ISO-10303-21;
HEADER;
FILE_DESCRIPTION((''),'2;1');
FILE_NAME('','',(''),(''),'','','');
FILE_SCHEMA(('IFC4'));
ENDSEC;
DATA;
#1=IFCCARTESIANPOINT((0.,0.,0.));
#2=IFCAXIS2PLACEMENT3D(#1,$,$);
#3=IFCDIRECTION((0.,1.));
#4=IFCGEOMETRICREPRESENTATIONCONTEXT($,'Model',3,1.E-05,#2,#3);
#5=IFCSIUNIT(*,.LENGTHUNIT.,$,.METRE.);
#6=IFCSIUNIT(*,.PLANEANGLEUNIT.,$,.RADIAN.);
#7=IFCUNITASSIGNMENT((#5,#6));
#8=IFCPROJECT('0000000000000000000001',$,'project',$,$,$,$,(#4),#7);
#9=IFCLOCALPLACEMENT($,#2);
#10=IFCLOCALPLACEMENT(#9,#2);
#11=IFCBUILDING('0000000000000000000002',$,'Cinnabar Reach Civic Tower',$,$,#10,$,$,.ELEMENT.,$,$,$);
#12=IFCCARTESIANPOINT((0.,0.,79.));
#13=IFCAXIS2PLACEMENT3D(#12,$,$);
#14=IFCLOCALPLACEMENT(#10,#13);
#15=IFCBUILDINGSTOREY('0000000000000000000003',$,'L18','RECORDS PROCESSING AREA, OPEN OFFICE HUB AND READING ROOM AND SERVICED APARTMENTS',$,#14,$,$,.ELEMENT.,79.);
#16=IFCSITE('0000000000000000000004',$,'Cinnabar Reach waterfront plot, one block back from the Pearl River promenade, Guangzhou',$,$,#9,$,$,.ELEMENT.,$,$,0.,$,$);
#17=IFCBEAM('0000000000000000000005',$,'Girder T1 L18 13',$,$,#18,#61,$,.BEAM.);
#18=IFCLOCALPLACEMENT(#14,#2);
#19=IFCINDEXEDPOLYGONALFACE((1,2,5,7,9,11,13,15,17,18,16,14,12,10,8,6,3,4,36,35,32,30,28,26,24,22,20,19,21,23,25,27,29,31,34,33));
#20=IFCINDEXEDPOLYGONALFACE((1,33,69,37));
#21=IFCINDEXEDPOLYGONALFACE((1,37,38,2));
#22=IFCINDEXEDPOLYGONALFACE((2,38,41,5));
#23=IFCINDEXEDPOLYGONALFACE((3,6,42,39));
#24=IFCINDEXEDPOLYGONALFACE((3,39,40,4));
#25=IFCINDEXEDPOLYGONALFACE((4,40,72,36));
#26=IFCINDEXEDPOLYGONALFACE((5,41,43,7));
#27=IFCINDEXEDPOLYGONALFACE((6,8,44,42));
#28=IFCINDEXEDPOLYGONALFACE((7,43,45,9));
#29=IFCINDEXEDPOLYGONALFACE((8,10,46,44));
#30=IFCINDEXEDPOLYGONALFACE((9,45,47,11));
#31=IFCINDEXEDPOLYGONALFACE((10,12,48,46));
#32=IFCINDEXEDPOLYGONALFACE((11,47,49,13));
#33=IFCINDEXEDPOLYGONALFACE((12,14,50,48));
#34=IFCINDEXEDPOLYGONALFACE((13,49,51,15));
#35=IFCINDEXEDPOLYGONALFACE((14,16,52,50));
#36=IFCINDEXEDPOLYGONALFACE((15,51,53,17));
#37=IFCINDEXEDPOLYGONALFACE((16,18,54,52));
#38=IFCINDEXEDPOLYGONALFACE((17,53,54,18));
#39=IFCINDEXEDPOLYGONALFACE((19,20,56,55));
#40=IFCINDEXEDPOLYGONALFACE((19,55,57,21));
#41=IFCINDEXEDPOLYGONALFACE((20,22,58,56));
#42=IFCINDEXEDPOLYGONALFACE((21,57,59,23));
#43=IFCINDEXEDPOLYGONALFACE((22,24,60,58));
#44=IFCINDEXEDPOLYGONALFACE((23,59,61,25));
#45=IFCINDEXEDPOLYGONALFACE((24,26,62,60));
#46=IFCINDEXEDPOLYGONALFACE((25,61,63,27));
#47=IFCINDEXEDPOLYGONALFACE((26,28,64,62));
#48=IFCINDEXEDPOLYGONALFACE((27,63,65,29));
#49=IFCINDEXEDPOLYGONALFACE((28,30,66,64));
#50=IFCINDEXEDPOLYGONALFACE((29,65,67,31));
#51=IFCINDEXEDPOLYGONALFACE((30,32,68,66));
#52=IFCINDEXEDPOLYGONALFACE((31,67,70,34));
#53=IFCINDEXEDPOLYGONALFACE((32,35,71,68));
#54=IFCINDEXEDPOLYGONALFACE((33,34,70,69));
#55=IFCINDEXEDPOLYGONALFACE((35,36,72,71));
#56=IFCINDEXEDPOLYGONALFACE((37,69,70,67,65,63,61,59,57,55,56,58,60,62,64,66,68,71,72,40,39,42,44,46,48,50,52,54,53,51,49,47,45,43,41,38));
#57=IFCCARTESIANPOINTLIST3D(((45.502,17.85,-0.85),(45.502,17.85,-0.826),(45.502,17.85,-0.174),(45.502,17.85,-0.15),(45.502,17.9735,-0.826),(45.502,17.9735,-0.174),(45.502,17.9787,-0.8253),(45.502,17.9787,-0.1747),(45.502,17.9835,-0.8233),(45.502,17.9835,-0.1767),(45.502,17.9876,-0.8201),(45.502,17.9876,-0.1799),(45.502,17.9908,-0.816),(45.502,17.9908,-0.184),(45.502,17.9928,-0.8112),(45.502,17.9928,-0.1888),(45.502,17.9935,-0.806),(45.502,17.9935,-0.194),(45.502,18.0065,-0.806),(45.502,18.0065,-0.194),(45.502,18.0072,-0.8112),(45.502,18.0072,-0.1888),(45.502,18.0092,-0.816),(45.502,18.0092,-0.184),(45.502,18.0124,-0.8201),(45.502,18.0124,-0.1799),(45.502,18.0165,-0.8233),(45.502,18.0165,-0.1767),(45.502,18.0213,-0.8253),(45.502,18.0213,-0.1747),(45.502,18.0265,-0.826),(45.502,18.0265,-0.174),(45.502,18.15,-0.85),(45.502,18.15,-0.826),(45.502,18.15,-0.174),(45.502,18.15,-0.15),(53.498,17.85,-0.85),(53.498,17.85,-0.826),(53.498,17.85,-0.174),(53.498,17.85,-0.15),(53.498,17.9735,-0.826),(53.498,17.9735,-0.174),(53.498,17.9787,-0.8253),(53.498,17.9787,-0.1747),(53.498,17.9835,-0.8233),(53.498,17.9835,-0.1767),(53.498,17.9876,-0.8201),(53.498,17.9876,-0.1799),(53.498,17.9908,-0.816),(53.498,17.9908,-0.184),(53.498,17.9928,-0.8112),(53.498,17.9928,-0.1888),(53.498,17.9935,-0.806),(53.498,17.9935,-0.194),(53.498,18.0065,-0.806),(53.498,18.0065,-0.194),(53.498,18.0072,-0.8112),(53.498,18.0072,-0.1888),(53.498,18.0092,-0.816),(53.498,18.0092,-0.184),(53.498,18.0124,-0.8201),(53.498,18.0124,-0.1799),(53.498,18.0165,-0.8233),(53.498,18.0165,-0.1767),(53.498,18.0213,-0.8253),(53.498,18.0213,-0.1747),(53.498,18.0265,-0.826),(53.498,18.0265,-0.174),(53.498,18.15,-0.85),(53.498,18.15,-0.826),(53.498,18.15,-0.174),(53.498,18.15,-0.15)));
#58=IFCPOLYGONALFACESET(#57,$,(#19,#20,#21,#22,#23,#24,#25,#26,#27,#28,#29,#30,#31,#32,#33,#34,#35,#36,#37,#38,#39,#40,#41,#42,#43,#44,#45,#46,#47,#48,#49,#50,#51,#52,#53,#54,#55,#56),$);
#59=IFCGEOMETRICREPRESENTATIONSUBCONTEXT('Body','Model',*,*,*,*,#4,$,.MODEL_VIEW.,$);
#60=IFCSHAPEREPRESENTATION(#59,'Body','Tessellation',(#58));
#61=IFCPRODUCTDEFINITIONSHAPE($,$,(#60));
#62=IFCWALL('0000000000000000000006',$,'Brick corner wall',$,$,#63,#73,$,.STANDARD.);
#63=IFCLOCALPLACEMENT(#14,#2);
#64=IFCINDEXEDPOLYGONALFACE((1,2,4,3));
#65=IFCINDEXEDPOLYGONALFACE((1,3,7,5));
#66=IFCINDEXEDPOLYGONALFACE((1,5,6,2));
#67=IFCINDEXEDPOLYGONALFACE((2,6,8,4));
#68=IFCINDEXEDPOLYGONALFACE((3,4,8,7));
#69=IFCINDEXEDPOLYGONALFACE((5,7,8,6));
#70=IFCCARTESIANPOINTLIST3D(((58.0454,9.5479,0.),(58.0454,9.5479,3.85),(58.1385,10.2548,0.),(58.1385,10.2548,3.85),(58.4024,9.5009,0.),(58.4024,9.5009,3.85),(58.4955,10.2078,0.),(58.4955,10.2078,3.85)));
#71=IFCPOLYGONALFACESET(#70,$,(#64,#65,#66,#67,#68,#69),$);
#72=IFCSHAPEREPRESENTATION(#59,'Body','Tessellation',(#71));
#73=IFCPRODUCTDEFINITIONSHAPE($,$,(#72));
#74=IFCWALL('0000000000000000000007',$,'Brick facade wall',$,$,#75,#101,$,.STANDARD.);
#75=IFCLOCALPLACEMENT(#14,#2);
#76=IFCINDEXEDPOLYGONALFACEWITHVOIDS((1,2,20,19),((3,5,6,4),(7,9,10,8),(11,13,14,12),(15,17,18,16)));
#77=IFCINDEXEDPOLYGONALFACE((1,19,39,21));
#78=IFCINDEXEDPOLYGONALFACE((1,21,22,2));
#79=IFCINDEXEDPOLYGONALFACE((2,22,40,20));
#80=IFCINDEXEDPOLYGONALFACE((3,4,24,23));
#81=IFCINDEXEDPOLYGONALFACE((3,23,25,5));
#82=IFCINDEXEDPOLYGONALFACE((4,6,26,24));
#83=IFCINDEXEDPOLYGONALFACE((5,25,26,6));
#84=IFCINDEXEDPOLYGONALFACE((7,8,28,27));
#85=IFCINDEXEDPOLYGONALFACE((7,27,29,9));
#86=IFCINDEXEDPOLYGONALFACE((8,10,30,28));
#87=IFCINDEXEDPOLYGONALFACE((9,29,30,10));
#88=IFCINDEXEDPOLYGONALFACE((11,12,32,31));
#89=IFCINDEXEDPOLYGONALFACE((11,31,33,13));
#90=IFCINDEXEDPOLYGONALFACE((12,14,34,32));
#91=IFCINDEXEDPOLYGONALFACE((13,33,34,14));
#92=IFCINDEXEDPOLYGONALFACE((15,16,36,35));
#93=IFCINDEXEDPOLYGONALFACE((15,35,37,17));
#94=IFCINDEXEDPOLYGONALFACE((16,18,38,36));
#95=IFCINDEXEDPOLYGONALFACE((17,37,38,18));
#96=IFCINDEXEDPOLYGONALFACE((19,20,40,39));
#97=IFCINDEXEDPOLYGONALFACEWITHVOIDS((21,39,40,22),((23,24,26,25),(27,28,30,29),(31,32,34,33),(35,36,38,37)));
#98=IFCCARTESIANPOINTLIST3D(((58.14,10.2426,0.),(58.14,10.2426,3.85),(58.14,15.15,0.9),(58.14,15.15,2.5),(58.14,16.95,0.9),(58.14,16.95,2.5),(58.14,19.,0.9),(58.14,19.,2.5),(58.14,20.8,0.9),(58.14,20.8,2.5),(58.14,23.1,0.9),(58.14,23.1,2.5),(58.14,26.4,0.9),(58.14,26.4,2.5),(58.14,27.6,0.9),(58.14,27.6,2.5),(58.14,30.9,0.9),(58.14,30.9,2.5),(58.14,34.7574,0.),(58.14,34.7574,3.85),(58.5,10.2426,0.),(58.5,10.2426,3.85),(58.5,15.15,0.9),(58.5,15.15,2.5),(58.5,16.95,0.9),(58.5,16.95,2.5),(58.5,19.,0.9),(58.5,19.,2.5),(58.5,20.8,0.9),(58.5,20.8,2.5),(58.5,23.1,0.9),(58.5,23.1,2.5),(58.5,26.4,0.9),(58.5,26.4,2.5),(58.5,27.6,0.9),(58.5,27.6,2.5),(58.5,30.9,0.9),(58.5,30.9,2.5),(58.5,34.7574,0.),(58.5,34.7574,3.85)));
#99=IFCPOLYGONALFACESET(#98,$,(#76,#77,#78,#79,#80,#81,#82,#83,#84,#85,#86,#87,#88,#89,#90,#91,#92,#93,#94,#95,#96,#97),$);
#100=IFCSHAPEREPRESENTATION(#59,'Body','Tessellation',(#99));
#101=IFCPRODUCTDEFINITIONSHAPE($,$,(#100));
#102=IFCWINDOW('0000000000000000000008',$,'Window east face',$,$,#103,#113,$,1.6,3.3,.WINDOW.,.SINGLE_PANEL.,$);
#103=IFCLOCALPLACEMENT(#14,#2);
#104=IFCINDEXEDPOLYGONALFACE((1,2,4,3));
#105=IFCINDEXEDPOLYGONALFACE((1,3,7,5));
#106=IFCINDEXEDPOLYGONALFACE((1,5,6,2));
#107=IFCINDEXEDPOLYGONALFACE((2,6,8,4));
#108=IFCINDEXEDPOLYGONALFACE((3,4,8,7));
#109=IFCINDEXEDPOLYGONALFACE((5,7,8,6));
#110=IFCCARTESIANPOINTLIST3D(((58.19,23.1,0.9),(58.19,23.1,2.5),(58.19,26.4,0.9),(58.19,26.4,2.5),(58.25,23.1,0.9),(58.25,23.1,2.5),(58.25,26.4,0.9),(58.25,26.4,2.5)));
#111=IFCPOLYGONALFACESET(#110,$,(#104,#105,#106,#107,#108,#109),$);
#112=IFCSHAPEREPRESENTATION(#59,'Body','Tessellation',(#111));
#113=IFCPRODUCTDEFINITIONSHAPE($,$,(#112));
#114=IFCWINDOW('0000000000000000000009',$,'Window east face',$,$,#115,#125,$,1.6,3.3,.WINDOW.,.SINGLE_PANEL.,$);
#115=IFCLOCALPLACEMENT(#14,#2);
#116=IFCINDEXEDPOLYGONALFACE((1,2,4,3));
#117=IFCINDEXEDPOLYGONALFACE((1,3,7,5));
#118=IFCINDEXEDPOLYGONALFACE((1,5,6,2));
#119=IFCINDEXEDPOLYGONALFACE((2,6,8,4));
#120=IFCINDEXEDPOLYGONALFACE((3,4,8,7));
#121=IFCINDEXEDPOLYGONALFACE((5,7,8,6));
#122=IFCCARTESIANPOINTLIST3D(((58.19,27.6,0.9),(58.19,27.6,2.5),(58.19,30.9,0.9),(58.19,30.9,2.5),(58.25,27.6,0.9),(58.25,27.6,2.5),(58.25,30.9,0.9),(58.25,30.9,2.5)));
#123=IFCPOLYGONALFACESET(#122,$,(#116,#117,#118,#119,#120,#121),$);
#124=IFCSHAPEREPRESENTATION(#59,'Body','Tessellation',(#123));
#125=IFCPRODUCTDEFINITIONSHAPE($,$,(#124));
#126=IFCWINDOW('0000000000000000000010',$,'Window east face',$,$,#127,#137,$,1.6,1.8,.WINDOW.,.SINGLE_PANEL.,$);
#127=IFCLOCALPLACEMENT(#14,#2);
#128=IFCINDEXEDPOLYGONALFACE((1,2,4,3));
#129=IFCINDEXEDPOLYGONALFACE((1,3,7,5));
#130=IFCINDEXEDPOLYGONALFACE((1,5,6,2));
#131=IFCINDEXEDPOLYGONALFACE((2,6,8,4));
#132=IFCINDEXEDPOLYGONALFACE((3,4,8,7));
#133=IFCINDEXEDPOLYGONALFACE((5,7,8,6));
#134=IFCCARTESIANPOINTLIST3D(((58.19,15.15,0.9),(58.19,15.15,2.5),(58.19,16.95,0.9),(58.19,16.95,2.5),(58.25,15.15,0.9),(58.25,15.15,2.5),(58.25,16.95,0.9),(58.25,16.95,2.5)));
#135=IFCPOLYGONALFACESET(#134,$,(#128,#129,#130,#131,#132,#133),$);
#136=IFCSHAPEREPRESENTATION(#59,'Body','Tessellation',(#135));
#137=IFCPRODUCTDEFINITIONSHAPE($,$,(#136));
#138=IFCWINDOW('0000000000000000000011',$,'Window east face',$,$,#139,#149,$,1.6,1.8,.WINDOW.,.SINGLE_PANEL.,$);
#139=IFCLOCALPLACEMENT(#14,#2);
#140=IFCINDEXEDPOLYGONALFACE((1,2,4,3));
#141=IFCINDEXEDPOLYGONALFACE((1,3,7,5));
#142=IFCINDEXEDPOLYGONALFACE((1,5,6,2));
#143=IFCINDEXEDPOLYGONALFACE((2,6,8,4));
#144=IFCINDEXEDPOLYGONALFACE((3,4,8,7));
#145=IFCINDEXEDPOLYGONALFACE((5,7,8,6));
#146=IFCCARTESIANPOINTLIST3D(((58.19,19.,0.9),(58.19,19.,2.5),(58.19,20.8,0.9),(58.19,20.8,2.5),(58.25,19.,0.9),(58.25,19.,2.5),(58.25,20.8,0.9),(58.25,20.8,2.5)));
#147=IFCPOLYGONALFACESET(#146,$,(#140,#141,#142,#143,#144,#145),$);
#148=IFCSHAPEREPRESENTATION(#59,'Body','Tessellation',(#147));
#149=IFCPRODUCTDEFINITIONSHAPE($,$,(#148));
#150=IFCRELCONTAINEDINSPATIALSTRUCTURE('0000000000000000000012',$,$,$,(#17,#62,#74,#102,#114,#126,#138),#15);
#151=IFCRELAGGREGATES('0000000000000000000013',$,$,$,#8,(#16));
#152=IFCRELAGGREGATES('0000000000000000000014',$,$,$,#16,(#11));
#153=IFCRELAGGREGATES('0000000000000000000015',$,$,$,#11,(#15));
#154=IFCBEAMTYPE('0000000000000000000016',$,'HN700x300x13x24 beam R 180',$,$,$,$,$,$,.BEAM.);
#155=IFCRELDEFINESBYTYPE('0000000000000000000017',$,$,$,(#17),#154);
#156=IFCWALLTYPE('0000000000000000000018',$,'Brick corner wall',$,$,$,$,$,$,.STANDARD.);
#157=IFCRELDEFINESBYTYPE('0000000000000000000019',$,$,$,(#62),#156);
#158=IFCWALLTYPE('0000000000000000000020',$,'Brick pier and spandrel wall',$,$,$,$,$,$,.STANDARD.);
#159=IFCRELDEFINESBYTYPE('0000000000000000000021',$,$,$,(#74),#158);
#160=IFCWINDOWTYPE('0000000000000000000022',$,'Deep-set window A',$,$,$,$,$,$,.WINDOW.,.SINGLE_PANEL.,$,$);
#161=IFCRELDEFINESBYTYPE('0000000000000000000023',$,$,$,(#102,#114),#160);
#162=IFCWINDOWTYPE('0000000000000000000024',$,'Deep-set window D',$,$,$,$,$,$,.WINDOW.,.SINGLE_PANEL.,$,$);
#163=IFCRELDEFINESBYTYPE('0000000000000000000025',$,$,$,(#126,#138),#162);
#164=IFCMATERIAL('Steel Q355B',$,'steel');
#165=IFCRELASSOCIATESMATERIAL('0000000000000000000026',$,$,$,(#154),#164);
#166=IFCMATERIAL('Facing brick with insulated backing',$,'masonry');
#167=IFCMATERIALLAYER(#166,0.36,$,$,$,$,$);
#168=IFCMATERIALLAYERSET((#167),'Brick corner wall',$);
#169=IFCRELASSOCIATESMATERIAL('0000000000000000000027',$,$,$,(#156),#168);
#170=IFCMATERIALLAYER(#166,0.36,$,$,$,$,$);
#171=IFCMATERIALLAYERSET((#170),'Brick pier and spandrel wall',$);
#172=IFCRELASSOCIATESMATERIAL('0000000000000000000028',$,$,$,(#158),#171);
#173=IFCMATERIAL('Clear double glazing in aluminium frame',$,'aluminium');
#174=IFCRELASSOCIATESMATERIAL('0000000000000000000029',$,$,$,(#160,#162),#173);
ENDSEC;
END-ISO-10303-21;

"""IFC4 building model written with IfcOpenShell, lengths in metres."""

from ifc_helpers import new_model, si_unit, direction, frame, frame_2d, origin, origin_2d, place, context, subcontext, project, spatial, rectangle, i_section, extrude, material, layer, layer_set, material_profile, profile_set, type_object, element, fill, save


model = new_model("IFC4")

# Units and contexts
model_context = context("Model", 3, precision=1e-05, world=origin(), true_north=direction((0.0, 1.0)))
body_context = subcontext(model_context, "Body", "Model", "MODEL_VIEW")
ifc_project = project(units=[si_unit("LENGTHUNIT", "METRE"), si_unit("PLANEANGLEUNIT", "RADIAN")], contexts=[model_context])

# Site, building, storey
site_placement = place(None, origin())
site = spatial("IfcSite", under=ifc_project, at=site_placement, Name="Cinnabar Reach waterfront plot, one block back from the Pearl River promenade, Guangzhou", CompositionType="ELEMENT", RefElevation=0.0)
building_placement = place(site_placement, origin())
building = spatial("IfcBuilding", under=site, at=building_placement, Name="Cinnabar Reach Civic Tower", CompositionType="ELEMENT")
storey_placement = place(building_placement, frame((0.0, 0.0, 79.0)))
storey = spatial("IfcBuildingStorey", under=building, at=storey_placement, Name="L18", Description="RECORDS PROCESSING AREA, OPEN OFFICE HUB AND READING ROOM AND SERVICED APARTMENTS", CompositionType="ELEMENT", Elevation=79.0)

# Beam
ifc_material_1 = material(Name="Steel Q355B", Category="steel")
ifc_material_profile_1 = material_profile(ifc_material_1, i_section(OverallWidth=0.3, OverallDepth=0.7, WebThickness=0.013, FlangeThickness=0.024, FilletRadius=0.02, at=origin_2d()), Name="HN700x300x13x24")
ifc_profile_set_1 = profile_set([ifc_material_profile_1], Name="Steel Q355B")
beam_type_1 = type_object("IfcBeamType", Name="HN700x300x13x24 beam R 180", PredefinedType="BEAM", material=ifc_profile_set_1)
beam_1_placement = place(storey_placement, frame((45.502, 18.0, -0.5), z_axis=(1.0, 0.0, 0.0), x_axis=(0.0, 1.0, 0.0)))
element("IfcBeam", 1, at=beam_1_placement, inside=storey, type_object=beam_type_1, Name="Girder T1 L18 13", PredefinedType="BEAM", context=body_context, shape_type="SweptSolid", body=[
    extrude(i_section(OverallWidth=0.3, OverallDepth=0.7, WebThickness=0.013, FlangeThickness=0.024, FilletRadius=0.02, at=origin_2d()), origin(), (0.0, 0.0, 1.0), 7.996),
])

# Wall
ifc_material_2 = material(Name="Facing brick with insulated backing", Category="masonry")
ifc_layer_1 = layer(ifc_material_2, 0.36)
ifc_layer_set_1 = layer_set([ifc_layer_1], Name="Brick corner wall")
wall_type_1 = type_object("IfcWallType", Name="Brick corner wall", PredefinedType="STANDARD", material=ifc_layer_set_1)
wall_1_placement = place(storey_placement, frame((58.2239, 9.5244, 0.0), z_axis=(0.0, 0.0, 1.0), x_axis=(0.130556, 0.991441, 0.0)))
element("IfcWall", 2, at=wall_1_placement, inside=storey, type_object=wall_type_1, Name="Brick corner wall", PredefinedType="STANDARD", context=body_context, shape_type="SweptSolid", body=[
    extrude(rectangle(XDim=0.7131, YDim=0.36, at=frame_2d((0.3565, 0.0))), origin(), (0.0, 0.0, 1.0), 3.85),
])

# Wall, openings, windows
ifc_layer_2 = layer(ifc_material_2, 0.36)
ifc_layer_set_2 = layer_set([ifc_layer_2], Name="Brick pier and spandrel wall")
wall_type_2 = type_object("IfcWallType", Name="Brick pier and spandrel wall", PredefinedType="STANDARD", material=ifc_layer_set_2)
wall_2_placement = place(storey_placement, frame((58.32, 10.2426, 0.0), z_axis=(0.0, 0.0, 1.0), x_axis=(0.0, 1.0, 0.0)))
wall_2 = element("IfcWall", 3, at=wall_2_placement, inside=storey, type_object=wall_type_2, Name="Brick facade wall", PredefinedType="STANDARD", context=body_context, shape_type="SweptSolid", body=[
    extrude(rectangle(XDim=24.5148, YDim=0.36, at=frame_2d((12.2574, 0.0))), origin(), (0.0, 0.0, 1.0), 3.85),
])
opening_1_placement = place(wall_2_placement, frame((4.9074, 0.0, 0.9)))
opening_1 = element("IfcOpeningElement", 4, at=opening_1_placement, cuts=wall_2, PredefinedType="OPENING", context=body_context, shape_type="SweptSolid", body=[
    extrude(rectangle(XDim=1.8, YDim=1.6, at=frame_2d((0.9, 0.8))), frame((0.0, 0.19, 0.0), z_axis=(0.0, -1.0, 0.0), x_axis=(1.0, 0.0, 0.0)), (0.0, 0.0, 1.0), 0.38),
])
opening_2_placement = place(wall_2_placement, frame((8.7574, 0.0, 0.9)))
opening_2 = element("IfcOpeningElement", 5, at=opening_2_placement, cuts=wall_2, PredefinedType="OPENING", context=body_context, shape_type="SweptSolid", body=[
    extrude(rectangle(XDim=1.8, YDim=1.6, at=frame_2d((0.9, 0.8))), frame((0.0, 0.19, 0.0), z_axis=(0.0, -1.0, 0.0), x_axis=(1.0, 0.0, 0.0)), (0.0, 0.0, 1.0), 0.38),
])
opening_3_placement = place(wall_2_placement, frame((12.8574, 0.0, 0.9)))
opening_3 = element("IfcOpeningElement", 6, at=opening_3_placement, cuts=wall_2, PredefinedType="OPENING", context=body_context, shape_type="SweptSolid", body=[
    extrude(rectangle(XDim=3.3, YDim=1.6, at=frame_2d((1.65, 0.8))), frame((0.0, 0.19, 0.0), z_axis=(0.0, -1.0, 0.0), x_axis=(1.0, 0.0, 0.0)), (0.0, 0.0, 1.0), 0.38),
])
opening_4_placement = place(wall_2_placement, frame((17.3574, 0.0, 0.9)))
opening_4 = element("IfcOpeningElement", 7, at=opening_4_placement, cuts=wall_2, PredefinedType="OPENING", context=body_context, shape_type="SweptSolid", body=[
    extrude(rectangle(XDim=3.3, YDim=1.6, at=frame_2d((1.65, 0.8))), frame((0.0, 0.19, 0.0), z_axis=(0.0, -1.0, 0.0), x_axis=(1.0, 0.0, 0.0)), (0.0, 0.0, 1.0), 0.38),
])
ifc_material_3 = material(Name="Clear double glazing in aluminium frame", Category="aluminium")
window_type_1 = type_object("IfcWindowType", Name="Deep-set window A", PartitioningType="SINGLE_PANEL", PredefinedType="WINDOW", material=ifc_material_3)
window_1_placement = place(opening_3_placement, origin())
window_1 = element("IfcWindow", 8, at=window_1_placement, inside=storey, type_object=window_type_1, Name="Window east face", OverallHeight=1.6, OverallWidth=3.3, PartitioningType="SINGLE_PANEL", PredefinedType="WINDOW", context=body_context, shape_type="SweptSolid", body=[
    extrude(rectangle(XDim=3.3, YDim=1.6, at=frame_2d((1.65, 0.8))), frame((0.0, 0.13, 0.0), z_axis=(0.0, -1.0, 0.0), x_axis=(1.0, 0.0, 0.0)), (0.0, 0.0, 1.0), 0.06),
])
fill(opening_3, window_1)
window_2_placement = place(opening_4_placement, origin())
window_2 = element("IfcWindow", 9, at=window_2_placement, inside=storey, type_object=window_type_1, Name="Window east face", OverallHeight=1.6, OverallWidth=3.3, PartitioningType="SINGLE_PANEL", PredefinedType="WINDOW", context=body_context, shape_type="SweptSolid", body=[
    extrude(rectangle(XDim=3.3, YDim=1.6, at=frame_2d((1.65, 0.8))), frame((0.0, 0.13, 0.0), z_axis=(0.0, -1.0, 0.0), x_axis=(1.0, 0.0, 0.0)), (0.0, 0.0, 1.0), 0.06),
])
fill(opening_4, window_2)
window_type_2 = type_object("IfcWindowType", Name="Deep-set window D", PartitioningType="SINGLE_PANEL", PredefinedType="WINDOW", material=ifc_material_3)
window_3_placement = place(opening_1_placement, origin())
window_3 = element("IfcWindow", 10, at=window_3_placement, inside=storey, type_object=window_type_2, Name="Window east face", OverallHeight=1.6, OverallWidth=1.8, PartitioningType="SINGLE_PANEL", PredefinedType="WINDOW", context=body_context, shape_type="SweptSolid", body=[
    extrude(rectangle(XDim=1.8, YDim=1.6, at=frame_2d((0.9, 0.8))), frame((0.0, 0.13, 0.0), z_axis=(0.0, -1.0, 0.0), x_axis=(1.0, 0.0, 0.0)), (0.0, 0.0, 1.0), 0.06),
])
fill(opening_1, window_3)
window_4_placement = place(opening_2_placement, origin())
window_4 = element("IfcWindow", 11, at=window_4_placement, inside=storey, type_object=window_type_2, Name="Window east face", OverallHeight=1.6, OverallWidth=1.8, PartitioningType="SINGLE_PANEL", PredefinedType="WINDOW", context=body_context, shape_type="SweptSolid", body=[
    extrude(rectangle(XDim=1.8, YDim=1.6, at=frame_2d((0.9, 0.8))), frame((0.0, 0.13, 0.0), z_axis=(0.0, -1.0, 0.0), x_axis=(1.0, 0.0, 0.0)), (0.0, 0.0, 1.0), 0.06),
])
fill(opening_2, window_4)

save(model, "model.ifc")
